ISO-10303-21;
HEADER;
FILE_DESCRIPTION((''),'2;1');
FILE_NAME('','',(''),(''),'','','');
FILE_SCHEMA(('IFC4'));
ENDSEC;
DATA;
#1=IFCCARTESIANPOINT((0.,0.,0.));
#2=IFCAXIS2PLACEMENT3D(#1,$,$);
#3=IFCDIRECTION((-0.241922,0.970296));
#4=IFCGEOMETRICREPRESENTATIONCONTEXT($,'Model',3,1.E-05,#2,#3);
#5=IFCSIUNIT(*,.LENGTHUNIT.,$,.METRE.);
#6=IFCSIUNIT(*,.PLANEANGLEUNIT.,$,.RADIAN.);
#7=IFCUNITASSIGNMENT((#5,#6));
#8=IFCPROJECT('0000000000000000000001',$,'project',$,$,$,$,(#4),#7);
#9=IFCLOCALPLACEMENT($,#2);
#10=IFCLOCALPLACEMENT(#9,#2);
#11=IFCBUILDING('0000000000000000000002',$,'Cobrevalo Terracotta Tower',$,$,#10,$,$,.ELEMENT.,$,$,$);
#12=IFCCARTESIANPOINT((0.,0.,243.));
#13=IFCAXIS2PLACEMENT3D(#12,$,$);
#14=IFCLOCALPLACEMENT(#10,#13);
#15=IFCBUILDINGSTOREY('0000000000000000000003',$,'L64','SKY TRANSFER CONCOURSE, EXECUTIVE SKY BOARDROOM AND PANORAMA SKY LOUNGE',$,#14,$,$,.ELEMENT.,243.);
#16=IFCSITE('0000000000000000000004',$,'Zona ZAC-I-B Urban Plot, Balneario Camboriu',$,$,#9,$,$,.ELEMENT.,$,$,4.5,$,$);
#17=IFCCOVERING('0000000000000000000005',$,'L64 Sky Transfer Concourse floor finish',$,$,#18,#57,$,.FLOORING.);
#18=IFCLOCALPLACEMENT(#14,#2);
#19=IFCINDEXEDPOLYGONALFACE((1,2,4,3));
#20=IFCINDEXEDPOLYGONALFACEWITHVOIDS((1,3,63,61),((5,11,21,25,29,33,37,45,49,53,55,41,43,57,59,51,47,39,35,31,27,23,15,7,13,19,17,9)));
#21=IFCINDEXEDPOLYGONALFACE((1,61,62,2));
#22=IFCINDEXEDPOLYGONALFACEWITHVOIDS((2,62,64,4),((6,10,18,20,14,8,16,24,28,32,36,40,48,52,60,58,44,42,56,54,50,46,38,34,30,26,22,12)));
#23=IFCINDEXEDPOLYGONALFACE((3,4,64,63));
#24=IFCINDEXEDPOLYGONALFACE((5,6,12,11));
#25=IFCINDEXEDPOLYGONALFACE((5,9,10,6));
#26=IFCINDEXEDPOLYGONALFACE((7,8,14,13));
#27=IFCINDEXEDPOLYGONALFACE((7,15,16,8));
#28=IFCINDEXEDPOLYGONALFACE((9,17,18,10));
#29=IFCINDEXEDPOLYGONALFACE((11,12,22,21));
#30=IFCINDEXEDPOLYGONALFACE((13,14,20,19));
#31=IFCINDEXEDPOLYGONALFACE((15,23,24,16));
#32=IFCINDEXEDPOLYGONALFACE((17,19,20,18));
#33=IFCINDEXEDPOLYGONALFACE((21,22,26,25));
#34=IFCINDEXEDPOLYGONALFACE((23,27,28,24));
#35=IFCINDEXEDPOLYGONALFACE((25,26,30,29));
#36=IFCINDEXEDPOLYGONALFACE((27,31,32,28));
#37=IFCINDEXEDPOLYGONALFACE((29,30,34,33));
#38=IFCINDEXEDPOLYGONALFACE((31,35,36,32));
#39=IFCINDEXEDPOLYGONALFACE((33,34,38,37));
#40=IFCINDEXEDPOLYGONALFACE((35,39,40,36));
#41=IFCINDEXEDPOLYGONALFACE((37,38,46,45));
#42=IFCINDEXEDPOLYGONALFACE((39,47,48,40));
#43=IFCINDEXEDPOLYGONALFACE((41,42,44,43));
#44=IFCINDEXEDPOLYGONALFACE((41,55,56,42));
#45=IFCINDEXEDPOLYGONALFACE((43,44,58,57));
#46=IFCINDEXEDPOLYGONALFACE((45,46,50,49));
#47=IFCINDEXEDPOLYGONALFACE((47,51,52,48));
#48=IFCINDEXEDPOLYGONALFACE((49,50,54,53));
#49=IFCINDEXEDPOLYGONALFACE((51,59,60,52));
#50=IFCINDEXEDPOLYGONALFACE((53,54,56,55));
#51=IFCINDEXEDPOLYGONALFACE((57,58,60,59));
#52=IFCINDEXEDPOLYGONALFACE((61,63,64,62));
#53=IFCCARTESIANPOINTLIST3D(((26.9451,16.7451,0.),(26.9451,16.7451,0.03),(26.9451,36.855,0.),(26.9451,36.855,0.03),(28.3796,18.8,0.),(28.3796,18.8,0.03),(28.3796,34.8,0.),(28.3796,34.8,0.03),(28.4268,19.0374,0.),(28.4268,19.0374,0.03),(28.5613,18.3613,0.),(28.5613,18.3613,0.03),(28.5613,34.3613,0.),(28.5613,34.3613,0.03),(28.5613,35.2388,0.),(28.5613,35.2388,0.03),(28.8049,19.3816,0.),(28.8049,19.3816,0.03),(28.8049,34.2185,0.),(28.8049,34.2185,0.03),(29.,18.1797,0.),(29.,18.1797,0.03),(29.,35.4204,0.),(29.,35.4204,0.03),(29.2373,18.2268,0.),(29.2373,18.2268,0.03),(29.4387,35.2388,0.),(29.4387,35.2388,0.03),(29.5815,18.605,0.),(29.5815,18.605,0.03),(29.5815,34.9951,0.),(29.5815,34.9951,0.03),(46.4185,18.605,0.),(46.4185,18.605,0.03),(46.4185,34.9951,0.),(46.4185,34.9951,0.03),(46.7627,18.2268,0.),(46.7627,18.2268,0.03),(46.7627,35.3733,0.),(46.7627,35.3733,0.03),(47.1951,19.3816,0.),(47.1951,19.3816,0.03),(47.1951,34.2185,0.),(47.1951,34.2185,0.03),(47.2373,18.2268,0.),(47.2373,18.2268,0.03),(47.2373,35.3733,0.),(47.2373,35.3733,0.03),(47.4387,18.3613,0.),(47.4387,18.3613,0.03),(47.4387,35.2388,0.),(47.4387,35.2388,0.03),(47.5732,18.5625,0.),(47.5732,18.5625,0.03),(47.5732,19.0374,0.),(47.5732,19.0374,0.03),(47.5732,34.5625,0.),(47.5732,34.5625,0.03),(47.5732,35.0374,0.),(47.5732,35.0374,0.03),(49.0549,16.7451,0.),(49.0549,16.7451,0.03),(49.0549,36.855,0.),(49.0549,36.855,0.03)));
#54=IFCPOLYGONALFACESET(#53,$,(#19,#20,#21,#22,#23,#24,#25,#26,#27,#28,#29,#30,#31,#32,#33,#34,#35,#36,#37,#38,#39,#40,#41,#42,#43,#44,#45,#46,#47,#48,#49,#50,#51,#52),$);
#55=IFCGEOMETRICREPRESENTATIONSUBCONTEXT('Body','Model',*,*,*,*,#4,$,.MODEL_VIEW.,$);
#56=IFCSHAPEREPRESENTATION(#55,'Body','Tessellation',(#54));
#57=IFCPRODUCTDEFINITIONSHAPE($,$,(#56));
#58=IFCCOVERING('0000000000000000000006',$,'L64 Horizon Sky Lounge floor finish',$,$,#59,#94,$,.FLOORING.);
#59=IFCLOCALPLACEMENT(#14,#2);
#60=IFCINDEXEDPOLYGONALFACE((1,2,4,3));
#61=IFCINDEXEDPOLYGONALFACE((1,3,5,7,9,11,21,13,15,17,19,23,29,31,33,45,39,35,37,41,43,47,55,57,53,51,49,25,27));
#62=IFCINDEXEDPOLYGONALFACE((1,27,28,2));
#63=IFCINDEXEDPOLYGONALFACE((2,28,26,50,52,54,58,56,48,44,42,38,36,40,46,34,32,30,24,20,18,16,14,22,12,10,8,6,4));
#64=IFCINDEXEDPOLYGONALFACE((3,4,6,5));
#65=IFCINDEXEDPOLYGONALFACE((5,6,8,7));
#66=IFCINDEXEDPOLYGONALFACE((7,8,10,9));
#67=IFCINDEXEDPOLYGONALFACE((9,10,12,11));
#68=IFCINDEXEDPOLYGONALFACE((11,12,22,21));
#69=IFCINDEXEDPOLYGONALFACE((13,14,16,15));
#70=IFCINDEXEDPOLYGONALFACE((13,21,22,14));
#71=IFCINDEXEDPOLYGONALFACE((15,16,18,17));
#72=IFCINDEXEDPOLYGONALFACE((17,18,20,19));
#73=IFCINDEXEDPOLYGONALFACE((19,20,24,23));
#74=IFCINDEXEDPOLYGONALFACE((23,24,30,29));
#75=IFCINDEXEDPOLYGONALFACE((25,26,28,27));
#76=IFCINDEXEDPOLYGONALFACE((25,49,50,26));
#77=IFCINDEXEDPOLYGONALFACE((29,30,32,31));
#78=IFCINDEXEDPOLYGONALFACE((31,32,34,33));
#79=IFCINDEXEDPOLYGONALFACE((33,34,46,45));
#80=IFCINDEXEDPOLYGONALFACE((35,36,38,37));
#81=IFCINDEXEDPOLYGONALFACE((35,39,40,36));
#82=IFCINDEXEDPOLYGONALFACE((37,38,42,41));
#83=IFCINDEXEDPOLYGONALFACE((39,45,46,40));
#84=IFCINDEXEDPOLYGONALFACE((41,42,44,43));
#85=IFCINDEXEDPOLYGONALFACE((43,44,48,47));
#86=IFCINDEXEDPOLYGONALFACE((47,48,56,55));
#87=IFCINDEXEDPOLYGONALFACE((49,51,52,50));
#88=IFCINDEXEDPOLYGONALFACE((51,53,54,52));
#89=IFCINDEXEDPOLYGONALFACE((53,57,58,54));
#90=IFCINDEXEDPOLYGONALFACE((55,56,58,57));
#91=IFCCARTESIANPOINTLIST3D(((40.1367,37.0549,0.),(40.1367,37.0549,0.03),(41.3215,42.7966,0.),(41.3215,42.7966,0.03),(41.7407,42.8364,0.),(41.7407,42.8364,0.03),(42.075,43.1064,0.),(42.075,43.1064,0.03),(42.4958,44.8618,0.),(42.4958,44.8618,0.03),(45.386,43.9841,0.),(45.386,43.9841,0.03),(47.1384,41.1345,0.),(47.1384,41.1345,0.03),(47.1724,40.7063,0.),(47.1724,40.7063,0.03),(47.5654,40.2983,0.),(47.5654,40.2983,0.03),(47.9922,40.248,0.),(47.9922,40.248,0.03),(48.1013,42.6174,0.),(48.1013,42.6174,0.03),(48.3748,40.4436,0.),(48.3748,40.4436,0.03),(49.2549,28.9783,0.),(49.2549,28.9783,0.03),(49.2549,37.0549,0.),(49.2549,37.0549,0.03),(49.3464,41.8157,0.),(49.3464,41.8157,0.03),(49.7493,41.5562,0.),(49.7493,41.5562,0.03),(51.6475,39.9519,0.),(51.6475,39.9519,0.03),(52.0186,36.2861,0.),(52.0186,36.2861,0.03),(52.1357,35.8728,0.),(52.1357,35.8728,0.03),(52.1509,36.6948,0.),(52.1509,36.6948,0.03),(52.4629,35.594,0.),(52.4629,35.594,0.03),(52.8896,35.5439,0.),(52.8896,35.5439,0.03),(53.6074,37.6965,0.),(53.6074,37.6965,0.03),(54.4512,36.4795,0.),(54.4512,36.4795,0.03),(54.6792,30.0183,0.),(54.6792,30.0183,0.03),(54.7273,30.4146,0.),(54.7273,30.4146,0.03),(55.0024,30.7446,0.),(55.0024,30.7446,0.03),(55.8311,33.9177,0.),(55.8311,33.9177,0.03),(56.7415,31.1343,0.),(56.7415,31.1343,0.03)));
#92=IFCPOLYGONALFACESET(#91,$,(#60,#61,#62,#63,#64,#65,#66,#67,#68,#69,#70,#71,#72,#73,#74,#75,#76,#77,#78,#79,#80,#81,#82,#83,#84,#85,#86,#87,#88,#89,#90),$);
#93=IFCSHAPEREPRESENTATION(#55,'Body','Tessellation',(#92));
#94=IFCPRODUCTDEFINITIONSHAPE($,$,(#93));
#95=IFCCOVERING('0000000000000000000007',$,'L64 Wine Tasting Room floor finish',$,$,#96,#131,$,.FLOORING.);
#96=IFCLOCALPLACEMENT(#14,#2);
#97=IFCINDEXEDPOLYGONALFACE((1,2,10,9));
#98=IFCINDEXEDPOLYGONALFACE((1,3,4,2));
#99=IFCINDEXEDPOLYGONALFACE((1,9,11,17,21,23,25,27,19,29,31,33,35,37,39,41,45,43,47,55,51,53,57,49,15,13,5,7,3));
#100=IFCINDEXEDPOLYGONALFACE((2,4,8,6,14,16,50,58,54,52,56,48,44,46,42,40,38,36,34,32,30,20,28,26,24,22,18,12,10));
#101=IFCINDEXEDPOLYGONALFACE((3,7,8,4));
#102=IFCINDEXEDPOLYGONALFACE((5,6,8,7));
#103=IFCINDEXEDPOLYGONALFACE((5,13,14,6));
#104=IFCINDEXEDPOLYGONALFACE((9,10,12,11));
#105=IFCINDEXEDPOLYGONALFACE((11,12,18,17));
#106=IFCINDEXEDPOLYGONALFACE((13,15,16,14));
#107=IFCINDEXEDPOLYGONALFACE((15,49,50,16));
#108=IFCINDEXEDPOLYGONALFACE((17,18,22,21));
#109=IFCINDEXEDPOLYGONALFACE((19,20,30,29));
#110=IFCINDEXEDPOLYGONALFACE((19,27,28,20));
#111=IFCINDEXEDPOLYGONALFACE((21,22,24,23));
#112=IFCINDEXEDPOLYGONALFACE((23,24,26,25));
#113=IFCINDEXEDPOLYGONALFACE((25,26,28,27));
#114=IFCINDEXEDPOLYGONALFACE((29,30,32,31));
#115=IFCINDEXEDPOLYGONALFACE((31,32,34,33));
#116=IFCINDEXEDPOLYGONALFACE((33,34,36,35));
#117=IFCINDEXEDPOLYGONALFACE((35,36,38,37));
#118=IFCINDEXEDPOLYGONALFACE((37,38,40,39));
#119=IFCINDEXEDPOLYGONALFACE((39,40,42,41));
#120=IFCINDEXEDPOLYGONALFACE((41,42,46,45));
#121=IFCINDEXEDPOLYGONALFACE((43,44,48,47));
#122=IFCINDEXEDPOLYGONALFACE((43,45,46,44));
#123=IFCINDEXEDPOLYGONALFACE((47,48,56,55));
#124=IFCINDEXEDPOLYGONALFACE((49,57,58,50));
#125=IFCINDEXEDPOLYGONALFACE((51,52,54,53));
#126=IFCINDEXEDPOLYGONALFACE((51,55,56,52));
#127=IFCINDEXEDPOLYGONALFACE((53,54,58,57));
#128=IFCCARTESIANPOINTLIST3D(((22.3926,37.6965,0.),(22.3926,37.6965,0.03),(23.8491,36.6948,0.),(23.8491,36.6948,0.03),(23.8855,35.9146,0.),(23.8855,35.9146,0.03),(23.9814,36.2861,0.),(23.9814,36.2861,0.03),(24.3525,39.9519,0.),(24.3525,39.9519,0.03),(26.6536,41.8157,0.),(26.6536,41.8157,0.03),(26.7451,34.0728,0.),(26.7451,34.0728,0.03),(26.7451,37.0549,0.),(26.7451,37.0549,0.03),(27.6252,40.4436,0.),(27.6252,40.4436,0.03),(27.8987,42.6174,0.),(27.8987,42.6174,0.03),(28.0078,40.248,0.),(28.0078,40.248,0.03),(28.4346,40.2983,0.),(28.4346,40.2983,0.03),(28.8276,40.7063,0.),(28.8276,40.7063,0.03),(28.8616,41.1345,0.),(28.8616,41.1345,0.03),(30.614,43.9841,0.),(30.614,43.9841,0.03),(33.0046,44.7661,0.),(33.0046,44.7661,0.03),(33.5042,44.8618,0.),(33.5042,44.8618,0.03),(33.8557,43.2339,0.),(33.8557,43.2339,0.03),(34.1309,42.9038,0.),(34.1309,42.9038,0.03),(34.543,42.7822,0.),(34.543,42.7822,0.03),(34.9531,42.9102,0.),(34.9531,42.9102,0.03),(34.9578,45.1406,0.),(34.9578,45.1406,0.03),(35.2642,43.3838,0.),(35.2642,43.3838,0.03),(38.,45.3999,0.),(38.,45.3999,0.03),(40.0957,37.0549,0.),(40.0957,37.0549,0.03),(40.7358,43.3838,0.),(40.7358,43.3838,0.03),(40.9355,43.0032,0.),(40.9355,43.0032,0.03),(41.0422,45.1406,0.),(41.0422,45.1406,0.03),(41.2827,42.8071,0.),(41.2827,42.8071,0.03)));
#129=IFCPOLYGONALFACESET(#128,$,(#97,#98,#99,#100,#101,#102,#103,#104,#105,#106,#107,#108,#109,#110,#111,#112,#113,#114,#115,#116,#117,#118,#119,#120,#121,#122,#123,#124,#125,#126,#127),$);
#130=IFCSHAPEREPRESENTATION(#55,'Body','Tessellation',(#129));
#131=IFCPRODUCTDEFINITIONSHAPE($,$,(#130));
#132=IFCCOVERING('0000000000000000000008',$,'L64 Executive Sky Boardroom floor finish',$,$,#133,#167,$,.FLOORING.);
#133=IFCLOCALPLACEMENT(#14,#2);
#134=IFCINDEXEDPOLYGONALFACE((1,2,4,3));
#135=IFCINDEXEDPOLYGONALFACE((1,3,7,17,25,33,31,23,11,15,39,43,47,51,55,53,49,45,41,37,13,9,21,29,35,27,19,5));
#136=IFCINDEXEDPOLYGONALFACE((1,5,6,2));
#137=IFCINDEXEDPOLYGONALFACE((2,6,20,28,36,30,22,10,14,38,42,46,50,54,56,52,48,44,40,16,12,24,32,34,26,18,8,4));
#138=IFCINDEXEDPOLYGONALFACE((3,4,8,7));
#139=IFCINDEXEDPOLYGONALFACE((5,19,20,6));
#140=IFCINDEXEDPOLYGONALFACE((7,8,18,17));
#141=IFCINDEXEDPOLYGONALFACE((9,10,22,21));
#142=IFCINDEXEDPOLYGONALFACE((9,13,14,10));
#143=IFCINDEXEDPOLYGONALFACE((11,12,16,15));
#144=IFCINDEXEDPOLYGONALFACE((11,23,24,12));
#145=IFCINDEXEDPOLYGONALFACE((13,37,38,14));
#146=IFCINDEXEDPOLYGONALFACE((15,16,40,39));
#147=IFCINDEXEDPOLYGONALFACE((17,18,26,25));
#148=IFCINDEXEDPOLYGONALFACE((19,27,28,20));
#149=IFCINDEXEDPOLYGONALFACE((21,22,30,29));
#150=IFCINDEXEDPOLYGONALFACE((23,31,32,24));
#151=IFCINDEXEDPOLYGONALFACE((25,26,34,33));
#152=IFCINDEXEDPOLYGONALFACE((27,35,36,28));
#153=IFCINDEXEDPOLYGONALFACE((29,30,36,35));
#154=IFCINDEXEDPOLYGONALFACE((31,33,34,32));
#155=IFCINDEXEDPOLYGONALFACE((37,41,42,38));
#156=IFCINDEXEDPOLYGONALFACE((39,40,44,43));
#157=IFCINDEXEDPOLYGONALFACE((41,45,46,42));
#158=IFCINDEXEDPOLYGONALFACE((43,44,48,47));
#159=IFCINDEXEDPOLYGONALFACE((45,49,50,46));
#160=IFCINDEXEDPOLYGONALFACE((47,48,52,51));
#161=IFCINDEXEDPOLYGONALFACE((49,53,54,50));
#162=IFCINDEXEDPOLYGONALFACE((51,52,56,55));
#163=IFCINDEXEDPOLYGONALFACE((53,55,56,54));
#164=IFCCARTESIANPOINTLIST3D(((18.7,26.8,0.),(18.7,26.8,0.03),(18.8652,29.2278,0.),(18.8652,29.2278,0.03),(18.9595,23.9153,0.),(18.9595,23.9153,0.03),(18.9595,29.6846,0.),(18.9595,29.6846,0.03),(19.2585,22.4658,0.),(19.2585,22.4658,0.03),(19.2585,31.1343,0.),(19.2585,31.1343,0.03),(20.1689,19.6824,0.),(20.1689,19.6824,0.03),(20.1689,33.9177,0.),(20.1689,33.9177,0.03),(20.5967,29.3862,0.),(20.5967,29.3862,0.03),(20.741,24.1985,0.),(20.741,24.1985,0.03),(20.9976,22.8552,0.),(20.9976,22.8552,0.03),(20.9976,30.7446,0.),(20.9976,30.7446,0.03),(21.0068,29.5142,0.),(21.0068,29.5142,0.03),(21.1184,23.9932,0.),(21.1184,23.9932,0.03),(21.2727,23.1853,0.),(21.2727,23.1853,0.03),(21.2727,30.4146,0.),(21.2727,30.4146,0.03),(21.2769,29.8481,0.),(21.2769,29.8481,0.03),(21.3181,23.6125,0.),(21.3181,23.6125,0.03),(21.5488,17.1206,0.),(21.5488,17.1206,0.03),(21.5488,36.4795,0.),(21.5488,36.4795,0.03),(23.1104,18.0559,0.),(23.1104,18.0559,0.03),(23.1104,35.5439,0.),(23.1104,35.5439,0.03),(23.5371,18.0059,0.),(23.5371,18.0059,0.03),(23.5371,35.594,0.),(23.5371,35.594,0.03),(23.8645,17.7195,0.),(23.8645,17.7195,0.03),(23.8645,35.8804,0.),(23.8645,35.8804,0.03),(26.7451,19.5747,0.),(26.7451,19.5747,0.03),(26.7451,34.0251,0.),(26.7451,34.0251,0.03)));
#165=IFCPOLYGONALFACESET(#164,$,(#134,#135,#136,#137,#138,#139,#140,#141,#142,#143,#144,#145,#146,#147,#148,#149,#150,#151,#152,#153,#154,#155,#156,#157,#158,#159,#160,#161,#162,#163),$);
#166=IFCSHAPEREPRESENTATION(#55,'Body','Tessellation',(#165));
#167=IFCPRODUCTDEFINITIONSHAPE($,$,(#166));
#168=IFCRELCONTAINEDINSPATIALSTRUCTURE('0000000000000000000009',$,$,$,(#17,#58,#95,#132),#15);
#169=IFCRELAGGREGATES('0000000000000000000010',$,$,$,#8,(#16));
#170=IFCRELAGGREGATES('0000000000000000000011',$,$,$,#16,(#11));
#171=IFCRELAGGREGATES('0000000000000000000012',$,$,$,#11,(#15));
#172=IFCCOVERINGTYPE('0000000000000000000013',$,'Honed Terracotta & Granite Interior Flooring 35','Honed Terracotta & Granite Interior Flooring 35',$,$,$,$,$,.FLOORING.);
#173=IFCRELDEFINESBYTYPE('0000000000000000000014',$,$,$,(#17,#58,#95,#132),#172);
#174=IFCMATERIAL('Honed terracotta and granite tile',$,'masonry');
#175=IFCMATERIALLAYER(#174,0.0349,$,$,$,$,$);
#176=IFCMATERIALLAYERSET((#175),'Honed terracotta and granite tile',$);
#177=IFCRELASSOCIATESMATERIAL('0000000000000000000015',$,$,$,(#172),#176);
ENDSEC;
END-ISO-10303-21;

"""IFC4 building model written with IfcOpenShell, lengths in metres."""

from ifc_helpers import new_model, si_unit, direction, frame, origin, place, context, subcontext, project, spatial, polyline, outline, extrude, material, layer, layer_set, type_object, element, save


model = new_model("IFC4")

# Units and contexts
model_context = context("Model", 3, precision=1e-05, world=origin(), true_north=direction((-0.241922, 0.970296)))
body_context = subcontext(model_context, "Body", "Model", "MODEL_VIEW")
ifc_project = project(units=[si_unit("LENGTHUNIT", "METRE"), si_unit("PLANEANGLEUNIT", "RADIAN")], contexts=[model_context])

# Site, building, storey
site_placement = place(None, origin())
site = spatial("IfcSite", under=ifc_project, at=site_placement, Name="Zona ZAC-I-B Urban Plot, Balneario Camboriu", CompositionType="ELEMENT", RefElevation=4.5)
building_placement = place(site_placement, origin())
building = spatial("IfcBuilding", under=site, at=building_placement, Name="Cobrevalo Terracotta Tower", CompositionType="ELEMENT")
storey_placement = place(building_placement, frame((0.0, 0.0, 243.0)))
storey = spatial("IfcBuildingStorey", under=building, at=storey_placement, Name="L64", Description="SKY TRANSFER CONCOURSE, EXECUTIVE SKY BOARDROOM AND PANORAMA SKY LOUNGE", CompositionType="ELEMENT", Elevation=243.0)

# Coverings
ifc_material_1 = material(Name="Honed terracotta and granite tile", Category="masonry")
ifc_layer_1 = layer(ifc_material_1, 0.0349)
ifc_layer_set_1 = layer_set([ifc_layer_1], Name="Honed terracotta and granite tile")
covering_type_1 = type_object("IfcCoveringType", Name="Honed Terracotta & Granite Interior Flooring 35", Description="Honed Terracotta & Granite Interior Flooring 35", PredefinedType="FLOORING", material=ifc_layer_set_1)
covering_1_placement = place(storey_placement, origin())
element("IfcCovering", 1, at=covering_1_placement, inside=storey, type_object=covering_type_1, Name="L64 Sky Transfer Concourse floor finish", PredefinedType="FLOORING", context=body_context, shape_type="SweptSolid", body=[
    extrude(outline(polyline([(49.0549, 16.7451), (26.9451, 16.7451), (26.9451, 36.855), (49.0549, 36.855), (49.0549, 16.7451)]), holes=[polyline([(29.5815, 34.9951), (29.4387, 35.2388), (29.0, 35.4204), (28.5613, 35.2388), (28.3796, 34.8), (28.5613, 34.3613), (28.8049, 34.2185), (28.8049, 19.3816), (28.4268, 19.0374), (28.3796, 18.8), (28.5613, 18.3613), (29.0, 18.1797), (29.2373, 18.2268), (29.5815, 18.605), (46.4185, 18.605), (46.7627, 18.2268), (47.2373, 18.2268), (47.4387, 18.3613), (47.5732, 18.5625), (47.5732, 19.0374), (47.1951, 19.3816), (47.1951, 34.2185), (47.5732, 34.5625), (47.5732, 35.0374), (47.4387, 35.2388), (47.2373, 35.3733), (46.7627, 35.3733), (46.4185, 34.9951), (29.5815, 34.9951)])]), origin(), (0.0, 0.0, 1.0), 0.03),
])
covering_2_placement = place(storey_placement, origin())
element("IfcCovering", 2, at=covering_2_placement, inside=storey, type_object=covering_type_1, Name="L64 Horizon Sky Lounge floor finish", PredefinedType="FLOORING", context=body_context, shape_type="SweptSolid", body=[
    extrude(outline(polyline([(41.3215, 42.7966), (41.7407, 42.8364), (42.075, 43.1064), (42.4958, 44.8618), (45.386, 43.9841), (48.1013, 42.6174), (47.1384, 41.1345), (47.1724, 40.7063), (47.5654, 40.2983), (47.9922, 40.248), (48.3748, 40.4436), (49.3464, 41.8157), (49.7493, 41.5562), (51.6475, 39.9519), (53.6074, 37.6965), (52.1509, 36.6948), (52.0186, 36.2861), (52.1357, 35.8728), (52.4629, 35.594), (52.8896, 35.5439), (54.4512, 36.4795), (55.8311, 33.9177), (56.7415, 31.1343), (55.0024, 30.7446), (54.7273, 30.4146), (54.6792, 30.0183), (49.2549, 28.9783), (49.2549, 37.0549), (40.1367, 37.0549), (41.3215, 42.7966)])), origin(), (0.0, 0.0, 1.0), 0.03),
])
covering_3_placement = place(storey_placement, origin())
element("IfcCovering", 3, at=covering_3_placement, inside=storey, type_object=covering_type_1, Name="L64 Wine Tasting Room floor finish", PredefinedType="FLOORING", context=body_context, shape_type="SweptSolid", body=[
    extrude(outline(polyline([(24.3525, 39.9519), (26.6536, 41.8157), (27.6252, 40.4436), (28.0078, 40.248), (28.4346, 40.2983), (28.8276, 40.7063), (28.8616, 41.1345), (27.8987, 42.6174), (30.614, 43.9841), (33.0046, 44.7661), (33.5042, 44.8618), (33.8557, 43.2339), (34.1309, 42.9038), (34.543, 42.7822), (34.9531, 42.9102), (35.2642, 43.3838), (34.9578, 45.1406), (38.0, 45.3999), (41.0422, 45.1406), (40.7358, 43.3838), (40.9355, 43.0032), (41.2827, 42.8071), (40.0957, 37.0549), (26.7451, 37.0549), (26.7451, 34.0728), (23.8855, 35.9146), (23.9814, 36.2861), (23.8491, 36.6948), (22.3926, 37.6965), (24.3525, 39.9519)])), origin(), (0.0, 0.0, 1.0), 0.03),
])
covering_4_placement = place(storey_placement, origin())
element("IfcCovering", 4, at=covering_4_placement, inside=storey, type_object=covering_type_1, Name="L64 Executive Sky Boardroom floor finish", PredefinedType="FLOORING", context=body_context, shape_type="SweptSolid", body=[
    extrude(outline(polyline([(20.1689, 19.6824), (19.2585, 22.4658), (20.9976, 22.8552), (21.2727, 23.1853), (21.3181, 23.6125), (21.1184, 23.9932), (20.741, 24.1985), (18.9595, 23.9153), (18.7, 26.8), (18.8652, 29.2278), (18.9595, 29.6846), (20.5967, 29.3862), (21.0068, 29.5142), (21.2769, 29.8481), (21.2727, 30.4146), (20.9976, 30.7446), (19.2585, 31.1343), (20.1689, 33.9177), (21.5488, 36.4795), (23.1104, 35.5439), (23.5371, 35.594), (23.8645, 35.8804), (26.7451, 34.0251), (26.7451, 19.5747), (23.8645, 17.7195), (23.5371, 18.0059), (23.1104, 18.0559), (21.5488, 17.1206), (20.1689, 19.6824)])), origin(), (0.0, 0.0, 1.0), 0.03),
])

save(model, "model.ifc")
